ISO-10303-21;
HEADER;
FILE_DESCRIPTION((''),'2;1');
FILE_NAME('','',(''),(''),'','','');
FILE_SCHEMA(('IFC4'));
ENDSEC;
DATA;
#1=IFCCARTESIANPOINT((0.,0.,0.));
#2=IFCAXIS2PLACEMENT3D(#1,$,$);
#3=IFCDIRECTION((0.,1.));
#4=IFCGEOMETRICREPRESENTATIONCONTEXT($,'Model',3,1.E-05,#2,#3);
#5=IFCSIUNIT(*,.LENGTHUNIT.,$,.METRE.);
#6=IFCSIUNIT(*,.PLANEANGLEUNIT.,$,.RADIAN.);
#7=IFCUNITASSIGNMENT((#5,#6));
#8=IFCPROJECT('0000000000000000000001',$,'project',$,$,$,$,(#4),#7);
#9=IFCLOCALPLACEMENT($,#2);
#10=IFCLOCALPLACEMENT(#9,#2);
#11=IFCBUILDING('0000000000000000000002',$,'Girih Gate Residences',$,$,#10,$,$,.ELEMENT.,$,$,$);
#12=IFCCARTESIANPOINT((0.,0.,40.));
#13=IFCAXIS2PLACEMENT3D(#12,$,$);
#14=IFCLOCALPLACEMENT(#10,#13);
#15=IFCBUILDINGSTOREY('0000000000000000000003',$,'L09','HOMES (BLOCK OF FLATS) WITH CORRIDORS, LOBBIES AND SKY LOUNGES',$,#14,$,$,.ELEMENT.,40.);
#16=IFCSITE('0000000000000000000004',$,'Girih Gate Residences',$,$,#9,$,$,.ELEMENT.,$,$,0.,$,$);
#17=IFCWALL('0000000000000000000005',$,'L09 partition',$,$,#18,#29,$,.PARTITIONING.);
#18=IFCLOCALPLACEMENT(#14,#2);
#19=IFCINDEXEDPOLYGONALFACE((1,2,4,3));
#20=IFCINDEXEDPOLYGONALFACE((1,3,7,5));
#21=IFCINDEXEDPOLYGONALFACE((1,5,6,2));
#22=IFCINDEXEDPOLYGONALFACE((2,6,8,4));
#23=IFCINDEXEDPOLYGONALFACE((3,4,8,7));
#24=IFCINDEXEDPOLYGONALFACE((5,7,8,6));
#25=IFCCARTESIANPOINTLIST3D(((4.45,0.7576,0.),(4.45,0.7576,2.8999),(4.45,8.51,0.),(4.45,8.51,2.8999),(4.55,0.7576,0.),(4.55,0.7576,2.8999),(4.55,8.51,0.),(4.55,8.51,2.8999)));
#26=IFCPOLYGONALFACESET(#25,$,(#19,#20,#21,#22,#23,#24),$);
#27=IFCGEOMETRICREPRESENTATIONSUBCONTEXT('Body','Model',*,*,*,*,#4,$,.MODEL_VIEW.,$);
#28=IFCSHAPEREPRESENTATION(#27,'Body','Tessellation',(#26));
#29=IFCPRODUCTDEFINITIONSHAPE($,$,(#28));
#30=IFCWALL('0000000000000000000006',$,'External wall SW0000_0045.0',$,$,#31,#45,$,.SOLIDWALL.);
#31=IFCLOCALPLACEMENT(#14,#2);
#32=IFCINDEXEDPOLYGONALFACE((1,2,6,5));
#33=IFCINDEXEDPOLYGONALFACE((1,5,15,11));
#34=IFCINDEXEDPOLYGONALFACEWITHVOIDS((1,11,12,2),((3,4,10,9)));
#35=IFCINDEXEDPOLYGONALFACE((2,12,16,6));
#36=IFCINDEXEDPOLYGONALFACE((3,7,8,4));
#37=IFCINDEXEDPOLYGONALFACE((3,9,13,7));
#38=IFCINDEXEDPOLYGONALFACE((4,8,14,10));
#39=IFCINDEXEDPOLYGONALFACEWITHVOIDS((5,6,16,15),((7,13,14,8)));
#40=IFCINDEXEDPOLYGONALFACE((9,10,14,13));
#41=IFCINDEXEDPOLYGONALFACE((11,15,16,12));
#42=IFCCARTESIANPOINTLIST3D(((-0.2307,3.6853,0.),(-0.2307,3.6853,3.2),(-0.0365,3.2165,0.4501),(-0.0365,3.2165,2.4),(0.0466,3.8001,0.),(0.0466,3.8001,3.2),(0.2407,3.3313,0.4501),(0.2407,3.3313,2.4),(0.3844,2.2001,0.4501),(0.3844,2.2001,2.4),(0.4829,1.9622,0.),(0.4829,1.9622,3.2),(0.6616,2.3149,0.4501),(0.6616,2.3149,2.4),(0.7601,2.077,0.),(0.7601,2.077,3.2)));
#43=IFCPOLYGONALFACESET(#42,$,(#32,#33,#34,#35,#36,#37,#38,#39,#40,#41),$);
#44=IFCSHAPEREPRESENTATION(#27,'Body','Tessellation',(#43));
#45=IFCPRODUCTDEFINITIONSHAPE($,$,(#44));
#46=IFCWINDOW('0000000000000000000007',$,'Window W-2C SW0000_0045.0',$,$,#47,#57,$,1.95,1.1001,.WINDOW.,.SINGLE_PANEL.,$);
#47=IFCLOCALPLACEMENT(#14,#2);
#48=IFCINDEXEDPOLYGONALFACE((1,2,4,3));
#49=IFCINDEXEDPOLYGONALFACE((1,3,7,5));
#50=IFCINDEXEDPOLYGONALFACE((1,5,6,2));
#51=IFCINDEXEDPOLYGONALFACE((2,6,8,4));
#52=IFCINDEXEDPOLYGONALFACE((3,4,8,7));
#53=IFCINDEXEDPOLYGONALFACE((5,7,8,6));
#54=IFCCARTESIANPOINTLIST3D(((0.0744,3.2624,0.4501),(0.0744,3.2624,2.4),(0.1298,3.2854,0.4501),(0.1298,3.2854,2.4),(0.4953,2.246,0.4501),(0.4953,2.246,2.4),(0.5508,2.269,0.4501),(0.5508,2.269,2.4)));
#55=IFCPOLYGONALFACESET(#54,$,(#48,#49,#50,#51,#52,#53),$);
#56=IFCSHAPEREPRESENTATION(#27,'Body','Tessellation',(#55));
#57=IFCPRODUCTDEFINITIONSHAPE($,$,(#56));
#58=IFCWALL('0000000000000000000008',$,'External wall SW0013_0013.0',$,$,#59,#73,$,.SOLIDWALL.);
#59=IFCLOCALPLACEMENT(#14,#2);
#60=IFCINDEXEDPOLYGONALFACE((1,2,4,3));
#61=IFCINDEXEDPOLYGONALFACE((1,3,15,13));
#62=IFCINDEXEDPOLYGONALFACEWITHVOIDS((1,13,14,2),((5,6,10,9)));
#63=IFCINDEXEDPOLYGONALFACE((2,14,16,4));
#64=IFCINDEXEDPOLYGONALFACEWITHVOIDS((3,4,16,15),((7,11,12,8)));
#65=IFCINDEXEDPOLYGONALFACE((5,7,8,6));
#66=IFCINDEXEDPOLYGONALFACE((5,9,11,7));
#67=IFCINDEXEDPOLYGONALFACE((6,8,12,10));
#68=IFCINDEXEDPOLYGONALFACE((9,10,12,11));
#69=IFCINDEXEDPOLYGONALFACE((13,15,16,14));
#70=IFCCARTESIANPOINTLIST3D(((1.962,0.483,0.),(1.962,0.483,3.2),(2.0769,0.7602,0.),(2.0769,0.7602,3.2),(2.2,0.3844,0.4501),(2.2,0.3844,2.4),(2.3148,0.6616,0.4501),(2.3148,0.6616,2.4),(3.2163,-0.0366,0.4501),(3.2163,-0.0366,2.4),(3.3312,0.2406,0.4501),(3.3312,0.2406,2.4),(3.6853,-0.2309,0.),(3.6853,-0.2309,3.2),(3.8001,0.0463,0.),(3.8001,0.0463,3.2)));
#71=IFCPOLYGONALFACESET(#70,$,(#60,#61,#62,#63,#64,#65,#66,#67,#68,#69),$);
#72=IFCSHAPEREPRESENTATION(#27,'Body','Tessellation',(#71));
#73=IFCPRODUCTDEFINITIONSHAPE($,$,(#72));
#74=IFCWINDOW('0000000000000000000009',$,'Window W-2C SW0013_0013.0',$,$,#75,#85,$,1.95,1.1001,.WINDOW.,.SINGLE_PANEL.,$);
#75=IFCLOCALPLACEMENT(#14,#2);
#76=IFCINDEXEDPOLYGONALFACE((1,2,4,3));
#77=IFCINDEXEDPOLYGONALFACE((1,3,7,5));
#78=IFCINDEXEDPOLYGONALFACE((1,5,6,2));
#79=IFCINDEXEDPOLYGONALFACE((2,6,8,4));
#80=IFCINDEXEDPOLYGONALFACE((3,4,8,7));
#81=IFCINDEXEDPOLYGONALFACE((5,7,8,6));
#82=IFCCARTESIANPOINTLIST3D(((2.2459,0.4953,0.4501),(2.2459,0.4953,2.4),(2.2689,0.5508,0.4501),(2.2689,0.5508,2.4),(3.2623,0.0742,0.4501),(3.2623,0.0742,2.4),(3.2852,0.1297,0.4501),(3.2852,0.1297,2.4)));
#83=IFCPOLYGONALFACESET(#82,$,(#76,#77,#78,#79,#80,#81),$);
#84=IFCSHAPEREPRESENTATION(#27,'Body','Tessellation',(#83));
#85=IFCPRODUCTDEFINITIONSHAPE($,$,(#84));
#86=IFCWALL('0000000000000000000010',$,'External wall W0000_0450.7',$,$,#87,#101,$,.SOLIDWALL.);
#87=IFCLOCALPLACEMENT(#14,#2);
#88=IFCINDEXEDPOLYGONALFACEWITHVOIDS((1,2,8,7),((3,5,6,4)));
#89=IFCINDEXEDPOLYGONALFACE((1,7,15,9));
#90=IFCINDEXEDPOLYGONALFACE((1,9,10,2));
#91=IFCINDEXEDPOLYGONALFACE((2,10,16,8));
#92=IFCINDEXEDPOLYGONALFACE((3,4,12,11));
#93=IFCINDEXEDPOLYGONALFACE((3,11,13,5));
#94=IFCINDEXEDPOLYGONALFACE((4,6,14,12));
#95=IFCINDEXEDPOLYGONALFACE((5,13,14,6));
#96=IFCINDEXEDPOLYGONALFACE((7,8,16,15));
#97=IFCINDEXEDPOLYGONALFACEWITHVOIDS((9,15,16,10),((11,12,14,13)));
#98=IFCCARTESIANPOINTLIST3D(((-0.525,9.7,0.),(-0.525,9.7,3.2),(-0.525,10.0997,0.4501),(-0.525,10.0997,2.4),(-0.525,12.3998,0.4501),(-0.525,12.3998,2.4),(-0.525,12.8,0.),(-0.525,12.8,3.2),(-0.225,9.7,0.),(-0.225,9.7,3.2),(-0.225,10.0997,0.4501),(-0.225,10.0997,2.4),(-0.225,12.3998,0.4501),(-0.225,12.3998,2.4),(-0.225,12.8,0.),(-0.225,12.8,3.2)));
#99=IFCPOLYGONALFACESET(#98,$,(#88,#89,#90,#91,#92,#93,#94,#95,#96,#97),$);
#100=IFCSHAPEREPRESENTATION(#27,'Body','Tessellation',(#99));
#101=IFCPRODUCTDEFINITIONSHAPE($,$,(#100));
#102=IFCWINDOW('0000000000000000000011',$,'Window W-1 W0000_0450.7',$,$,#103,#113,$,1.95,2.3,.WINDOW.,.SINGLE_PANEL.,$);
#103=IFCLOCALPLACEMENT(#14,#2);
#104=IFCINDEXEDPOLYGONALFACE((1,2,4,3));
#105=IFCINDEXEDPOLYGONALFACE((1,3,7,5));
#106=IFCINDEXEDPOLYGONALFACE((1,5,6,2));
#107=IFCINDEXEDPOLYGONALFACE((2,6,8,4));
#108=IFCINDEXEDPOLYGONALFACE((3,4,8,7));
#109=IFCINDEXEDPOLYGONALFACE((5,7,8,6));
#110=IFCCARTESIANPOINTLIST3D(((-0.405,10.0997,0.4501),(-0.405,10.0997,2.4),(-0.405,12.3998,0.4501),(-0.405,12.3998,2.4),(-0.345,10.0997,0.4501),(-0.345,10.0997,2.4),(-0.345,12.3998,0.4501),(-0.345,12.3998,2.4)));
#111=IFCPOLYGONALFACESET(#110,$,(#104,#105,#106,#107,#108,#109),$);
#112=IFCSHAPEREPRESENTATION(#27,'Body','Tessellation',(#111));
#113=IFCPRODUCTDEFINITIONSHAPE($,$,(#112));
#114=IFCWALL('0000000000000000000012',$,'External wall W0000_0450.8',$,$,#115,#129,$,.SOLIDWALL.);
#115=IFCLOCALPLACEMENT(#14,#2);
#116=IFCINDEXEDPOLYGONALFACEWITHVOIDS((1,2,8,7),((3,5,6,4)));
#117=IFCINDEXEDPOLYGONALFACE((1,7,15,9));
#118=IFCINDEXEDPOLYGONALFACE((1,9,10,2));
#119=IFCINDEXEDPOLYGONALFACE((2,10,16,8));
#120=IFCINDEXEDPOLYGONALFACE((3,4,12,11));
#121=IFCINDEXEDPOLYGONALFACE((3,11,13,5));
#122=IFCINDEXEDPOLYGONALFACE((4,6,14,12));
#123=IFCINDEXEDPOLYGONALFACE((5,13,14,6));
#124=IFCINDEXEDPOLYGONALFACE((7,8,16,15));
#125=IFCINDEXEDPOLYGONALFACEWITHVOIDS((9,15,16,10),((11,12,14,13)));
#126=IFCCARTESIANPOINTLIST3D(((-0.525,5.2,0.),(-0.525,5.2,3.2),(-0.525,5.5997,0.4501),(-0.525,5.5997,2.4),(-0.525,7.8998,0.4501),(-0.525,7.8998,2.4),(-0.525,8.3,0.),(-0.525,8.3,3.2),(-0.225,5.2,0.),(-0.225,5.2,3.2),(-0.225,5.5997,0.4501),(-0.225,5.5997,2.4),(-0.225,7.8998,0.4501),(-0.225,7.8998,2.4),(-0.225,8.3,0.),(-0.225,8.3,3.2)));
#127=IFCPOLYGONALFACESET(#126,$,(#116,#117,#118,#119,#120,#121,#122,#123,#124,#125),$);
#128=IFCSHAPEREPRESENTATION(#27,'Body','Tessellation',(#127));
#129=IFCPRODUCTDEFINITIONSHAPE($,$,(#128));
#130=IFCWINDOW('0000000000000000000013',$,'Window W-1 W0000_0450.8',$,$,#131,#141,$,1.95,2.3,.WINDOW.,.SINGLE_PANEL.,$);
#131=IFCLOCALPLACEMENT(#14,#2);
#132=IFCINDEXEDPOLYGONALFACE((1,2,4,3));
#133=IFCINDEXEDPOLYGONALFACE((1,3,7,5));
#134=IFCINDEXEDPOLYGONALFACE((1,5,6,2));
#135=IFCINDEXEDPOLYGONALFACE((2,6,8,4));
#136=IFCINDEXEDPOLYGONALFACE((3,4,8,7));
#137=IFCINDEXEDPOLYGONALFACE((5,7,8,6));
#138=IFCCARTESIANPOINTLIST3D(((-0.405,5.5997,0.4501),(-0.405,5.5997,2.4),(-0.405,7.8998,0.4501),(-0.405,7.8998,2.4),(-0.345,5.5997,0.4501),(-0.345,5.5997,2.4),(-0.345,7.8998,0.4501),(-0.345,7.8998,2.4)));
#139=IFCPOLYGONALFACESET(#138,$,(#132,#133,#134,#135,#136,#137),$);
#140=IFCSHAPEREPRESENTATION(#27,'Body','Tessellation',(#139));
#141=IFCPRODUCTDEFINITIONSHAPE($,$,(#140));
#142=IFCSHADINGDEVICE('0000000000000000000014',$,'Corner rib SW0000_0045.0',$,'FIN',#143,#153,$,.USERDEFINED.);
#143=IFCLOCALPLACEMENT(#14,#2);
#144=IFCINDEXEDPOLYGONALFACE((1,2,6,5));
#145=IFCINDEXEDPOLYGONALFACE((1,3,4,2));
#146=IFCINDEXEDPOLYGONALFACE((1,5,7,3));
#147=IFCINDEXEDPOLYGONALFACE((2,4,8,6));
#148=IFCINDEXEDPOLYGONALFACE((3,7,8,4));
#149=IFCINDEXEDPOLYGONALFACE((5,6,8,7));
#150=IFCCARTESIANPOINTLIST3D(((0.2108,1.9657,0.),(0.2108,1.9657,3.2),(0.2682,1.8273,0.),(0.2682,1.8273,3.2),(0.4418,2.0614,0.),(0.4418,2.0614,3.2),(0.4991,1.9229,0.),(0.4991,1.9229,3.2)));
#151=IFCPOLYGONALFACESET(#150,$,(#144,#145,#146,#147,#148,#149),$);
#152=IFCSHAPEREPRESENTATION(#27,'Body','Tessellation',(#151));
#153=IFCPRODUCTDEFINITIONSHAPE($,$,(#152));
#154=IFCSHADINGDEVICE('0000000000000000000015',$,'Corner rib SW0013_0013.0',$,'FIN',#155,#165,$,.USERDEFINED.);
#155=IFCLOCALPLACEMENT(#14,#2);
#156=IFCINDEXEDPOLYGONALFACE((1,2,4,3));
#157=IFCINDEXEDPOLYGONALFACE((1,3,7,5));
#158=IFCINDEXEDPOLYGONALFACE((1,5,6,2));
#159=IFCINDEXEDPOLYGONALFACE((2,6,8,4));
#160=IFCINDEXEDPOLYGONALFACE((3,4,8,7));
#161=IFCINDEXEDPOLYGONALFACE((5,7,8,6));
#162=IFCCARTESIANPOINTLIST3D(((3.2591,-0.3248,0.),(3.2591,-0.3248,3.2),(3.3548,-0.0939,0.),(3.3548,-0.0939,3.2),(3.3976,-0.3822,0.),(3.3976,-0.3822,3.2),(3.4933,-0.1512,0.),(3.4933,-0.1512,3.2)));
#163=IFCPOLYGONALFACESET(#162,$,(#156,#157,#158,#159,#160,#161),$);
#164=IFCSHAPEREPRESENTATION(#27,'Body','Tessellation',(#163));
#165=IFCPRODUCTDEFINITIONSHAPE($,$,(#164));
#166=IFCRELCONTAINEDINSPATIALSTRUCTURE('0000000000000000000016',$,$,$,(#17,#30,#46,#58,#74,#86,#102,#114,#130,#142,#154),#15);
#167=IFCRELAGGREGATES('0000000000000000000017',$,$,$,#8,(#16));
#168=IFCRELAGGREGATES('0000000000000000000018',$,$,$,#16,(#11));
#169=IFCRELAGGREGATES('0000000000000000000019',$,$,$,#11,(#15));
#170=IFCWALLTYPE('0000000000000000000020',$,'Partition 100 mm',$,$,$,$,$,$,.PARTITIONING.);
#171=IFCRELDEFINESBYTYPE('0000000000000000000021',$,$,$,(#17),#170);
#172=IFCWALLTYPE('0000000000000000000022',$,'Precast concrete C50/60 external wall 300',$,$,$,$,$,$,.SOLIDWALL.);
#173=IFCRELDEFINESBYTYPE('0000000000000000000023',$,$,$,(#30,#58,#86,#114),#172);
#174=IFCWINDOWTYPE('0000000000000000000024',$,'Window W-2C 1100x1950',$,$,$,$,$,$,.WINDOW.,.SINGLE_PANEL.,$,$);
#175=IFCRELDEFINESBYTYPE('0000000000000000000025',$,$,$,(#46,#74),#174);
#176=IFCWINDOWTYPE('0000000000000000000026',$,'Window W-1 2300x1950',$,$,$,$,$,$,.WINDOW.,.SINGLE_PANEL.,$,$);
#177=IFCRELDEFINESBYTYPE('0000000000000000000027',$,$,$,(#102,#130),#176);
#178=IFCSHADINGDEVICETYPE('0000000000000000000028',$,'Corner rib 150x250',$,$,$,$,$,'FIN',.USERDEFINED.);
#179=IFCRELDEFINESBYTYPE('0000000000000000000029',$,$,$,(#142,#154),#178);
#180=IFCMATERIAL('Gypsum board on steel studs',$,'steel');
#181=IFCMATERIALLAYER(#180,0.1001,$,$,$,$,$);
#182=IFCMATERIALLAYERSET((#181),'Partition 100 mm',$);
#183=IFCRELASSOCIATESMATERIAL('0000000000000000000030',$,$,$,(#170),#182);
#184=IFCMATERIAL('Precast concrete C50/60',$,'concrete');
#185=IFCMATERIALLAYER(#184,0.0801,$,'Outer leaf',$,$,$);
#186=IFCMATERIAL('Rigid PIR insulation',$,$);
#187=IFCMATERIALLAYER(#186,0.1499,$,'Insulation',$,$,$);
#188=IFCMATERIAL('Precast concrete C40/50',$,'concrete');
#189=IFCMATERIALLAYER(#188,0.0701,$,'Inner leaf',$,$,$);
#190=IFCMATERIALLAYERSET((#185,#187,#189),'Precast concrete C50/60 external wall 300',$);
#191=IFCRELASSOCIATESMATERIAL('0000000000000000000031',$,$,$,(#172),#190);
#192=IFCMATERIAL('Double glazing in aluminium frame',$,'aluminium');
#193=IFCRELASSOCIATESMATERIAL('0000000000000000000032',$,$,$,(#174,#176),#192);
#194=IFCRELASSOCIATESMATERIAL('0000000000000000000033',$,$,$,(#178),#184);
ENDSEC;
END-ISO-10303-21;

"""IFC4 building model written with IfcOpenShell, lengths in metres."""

from ifc_helpers import new_model, si_unit, direction, frame, frame_2d, origin, origin_2d, place, context, subcontext, project, spatial, rectangle, extrude, material, layer, layer_set, type_object, element, fill, save


model = new_model("IFC4")

# Units and contexts
model_context = context("Model", 3, precision=1e-05, world=origin(), true_north=direction((0.0, 1.0)))
body_context = subcontext(model_context, "Body", "Model", "MODEL_VIEW")
ifc_project = project(units=[si_unit("LENGTHUNIT", "METRE"), si_unit("PLANEANGLEUNIT", "RADIAN")], contexts=[model_context])

# Site, building, storey
site_placement = place(None, origin())
site = spatial("IfcSite", under=ifc_project, at=site_placement, Name="Girih Gate Residences", CompositionType="ELEMENT", RefElevation=0.0)
building_placement = place(site_placement, origin())
building = spatial("IfcBuilding", under=site, at=building_placement, Name="Girih Gate Residences", CompositionType="ELEMENT")
storey_placement = place(building_placement, frame((0.0, 0.0, 40.0)))
storey = spatial("IfcBuildingStorey", under=building, at=storey_placement, Name="L09", Description="HOMES (BLOCK OF FLATS) WITH CORRIDORS, LOBBIES AND SKY LOUNGES", CompositionType="ELEMENT", Elevation=40.0)

# Wall
ifc_material_1 = material(Name="Gypsum board on steel studs", Category="steel")
ifc_layer_1 = layer(ifc_material_1, 0.1001)
ifc_layer_set_1 = layer_set([ifc_layer_1], Name="Partition 100 mm")
wall_type_1 = type_object("IfcWallType", Name="Partition 100 mm", PredefinedType="PARTITIONING", material=ifc_layer_set_1)
wall_1_placement = place(storey_placement, frame((4.5, 0.7576, 0.0), z_axis=(0.0, 0.0, 1.0), x_axis=(0.0, 1.0, 0.0)))
element("IfcWall", 1, at=wall_1_placement, inside=storey, type_object=wall_type_1, Name="L09 partition", PredefinedType="PARTITIONING", context=body_context, shape_type="SweptSolid", body=[
    extrude(rectangle(XDim=7.7524, YDim=0.1001, at=frame_2d((3.8762, 0.0))), origin(), (0.0, 0.0, 1.0), 2.8999),
])

# Walls, openings, windows
ifc_material_2 = material(Name="Precast concrete C50/60", Category="concrete")
ifc_layer_2 = layer(ifc_material_2, 0.0801, Name="Outer leaf")
ifc_material_3 = material(Name="Rigid PIR insulation")
ifc_layer_3 = layer(ifc_material_3, 0.1499, Name="Insulation")
ifc_material_4 = material(Name="Precast concrete C40/50", Category="concrete")
ifc_layer_4 = layer(ifc_material_4, 0.0701, Name="Inner leaf")
ifc_layer_set_2 = layer_set([ifc_layer_2, ifc_layer_3, ifc_layer_4], Name="Precast concrete C50/60 external wall 300")
wall_type_2 = type_object("IfcWallType", Name="Precast concrete C50/60 external wall 300", PredefinedType="SOLIDWALL", material=ifc_layer_set_2)
wall_2_placement = place(storey_placement, frame((0.6216, 2.0195, 0.0), z_axis=(0.0, 0.0, 1.0), x_axis=(-0.382625, 0.923904, 0.0)))
wall_2 = element("IfcWall", 2, at=wall_2_placement, inside=storey, type_object=wall_type_2, Name="External wall SW0000_0045.0", PredefinedType="SOLIDWALL", context=body_context, shape_type="SweptSolid", body=[
    extrude(rectangle(XDim=1.865, YDim=0.3, at=frame_2d((0.9326, 0.0))), origin(), (0.0, 0.0, 1.0), 3.2),
])
opening_1_placement = place(wall_2_placement, frame((0.2576, 0.0, 0.45)))
opening_1 = element("IfcOpeningElement", 3, at=opening_1_placement, cuts=wall_2, PredefinedType="OPENING", context=body_context, shape_type="SweptSolid", body=[
    extrude(rectangle(XDim=1.1001, YDim=1.95, at=frame_2d((0.55, 0.9751))), frame((0.0, 0.1599, 0.0), z_axis=(0.0, -1.0, 0.0), x_axis=(1.0, 0.0, 0.0)), (0.0, 0.0, 1.0), 0.3201),
])
ifc_material_5 = material(Name="Double glazing in aluminium frame", Category="aluminium")
window_type_1 = type_object("IfcWindowType", Name="Window W-2C 1100x1950", PartitioningType="SINGLE_PANEL", PredefinedType="WINDOW", material=ifc_material_5)
window_1_placement = place(opening_1_placement, origin())
window_1 = element("IfcWindow", 4, at=window_1_placement, inside=storey, type_object=window_type_1, Name="Window W-2C SW0000_0045.0", OverallHeight=1.95, OverallWidth=1.1001, PartitioningType="SINGLE_PANEL", PredefinedType="WINDOW", context=body_context, shape_type="SweptSolid", body=[
    extrude(rectangle(XDim=1.1001, YDim=1.95, at=frame_2d((0.55, 0.9751))), frame((0.0, 0.03, 0.0), z_axis=(0.0, -1.0, 0.0), x_axis=(1.0, 0.0, 0.0)), (0.0, 0.0, 1.0), 0.0601),
])
fill(opening_1, window_1)
wall_3_placement = place(storey_placement, frame((3.7427, -0.0923, 0.0), z_axis=(0.0, 0.0, 1.0), x_axis=(-0.923857, 0.382737, 0.0)))
wall_3 = element("IfcWall", 5, at=wall_3_placement, inside=storey, type_object=wall_type_2, Name="External wall SW0013_0013.0", PredefinedType="SOLIDWALL", context=body_context, shape_type="SweptSolid", body=[
    extrude(rectangle(XDim=1.8652, YDim=0.3, at=frame_2d((0.9326, 0.0))), origin(), (0.0, 0.0, 1.0), 3.2),
])
opening_2_placement = place(wall_3_placement, frame((0.5076, 0.0, 0.45)))
opening_2 = element("IfcOpeningElement", 6, at=opening_2_placement, cuts=wall_3, PredefinedType="OPENING", context=body_context, shape_type="SweptSolid", body=[
    extrude(rectangle(XDim=1.1001, YDim=1.95, at=frame_2d((0.55, 0.9751))), frame((0.0, 0.1599, 0.0), z_axis=(0.0, -1.0, 0.0), x_axis=(1.0, 0.0, 0.0)), (0.0, 0.0, 1.0), 0.3201),
])
window_2_placement = place(opening_2_placement, origin())
window_2 = element("IfcWindow", 7, at=window_2_placement, inside=storey, type_object=window_type_1, Name="Window W-2C SW0013_0013.0", OverallHeight=1.95, OverallWidth=1.1001, PartitioningType="SINGLE_PANEL", PredefinedType="WINDOW", context=body_context, shape_type="SweptSolid", body=[
    extrude(rectangle(XDim=1.1001, YDim=1.95, at=frame_2d((0.55, 0.9751))), frame((0.0, 0.03, 0.0), z_axis=(0.0, -1.0, 0.0), x_axis=(1.0, 0.0, 0.0)), (0.0, 0.0, 1.0), 0.0601),
])
fill(opening_2, window_2)
wall_4_placement = place(storey_placement, frame((-0.375, 9.7, 0.0), z_axis=(0.0, 0.0, 1.0), x_axis=(0.0, 1.0, 0.0)))
wall_4 = element("IfcWall", 8, at=wall_4_placement, inside=storey, type_object=wall_type_2, Name="External wall W0000_0450.7", PredefinedType="SOLIDWALL", context=body_context, shape_type="SweptSolid", body=[
    extrude(rectangle(XDim=3.1001, YDim=0.3, at=frame_2d((1.55, 0.0))), origin(), (0.0, 0.0, 1.0), 3.2),
])
opening_3_placement = place(wall_4_placement, frame((0.3999, 0.0, 0.45)))
opening_3 = element("IfcOpeningElement", 9, at=opening_3_placement, cuts=wall_4, PredefinedType="OPENING", context=body_context, shape_type="SweptSolid", body=[
    extrude(rectangle(XDim=2.3, YDim=1.95, at=frame_2d((1.1499, 0.9751))), frame((0.0, 0.1599, 0.0), z_axis=(0.0, -1.0, 0.0), x_axis=(1.0, 0.0, 0.0)), (0.0, 0.0, 1.0), 0.3201),
])
window_type_2 = type_object("IfcWindowType", Name="Window W-1 2300x1950", PartitioningType="SINGLE_PANEL", PredefinedType="WINDOW", material=ifc_material_5)
window_3_placement = place(opening_3_placement, origin())
window_3 = element("IfcWindow", 10, at=window_3_placement, inside=storey, type_object=window_type_2, Name="Window W-1 W0000_0450.7", OverallHeight=1.95, OverallWidth=2.3, PartitioningType="SINGLE_PANEL", PredefinedType="WINDOW", context=body_context, shape_type="SweptSolid", body=[
    extrude(rectangle(XDim=2.3, YDim=1.95, at=frame_2d((1.1499, 0.9751))), frame((0.0, 0.03, 0.0), z_axis=(0.0, -1.0, 0.0), x_axis=(1.0, 0.0, 0.0)), (0.0, 0.0, 1.0), 0.0601),
])
fill(opening_3, window_3)
wall_5_placement = place(storey_placement, frame((-0.375, 5.2, 0.0), z_axis=(0.0, 0.0, 1.0), x_axis=(0.0, 1.0, 0.0)))
wall_5 = element("IfcWall", 11, at=wall_5_placement, inside=storey, type_object=wall_type_2, Name="External wall W0000_0450.8", PredefinedType="SOLIDWALL", context=body_context, shape_type="SweptSolid", body=[
    extrude(rectangle(XDim=3.1001, YDim=0.3, at=frame_2d((1.55, 0.0))), origin(), (0.0, 0.0, 1.0), 3.2),
])
opening_4_placement = place(wall_5_placement, frame((0.3999, 0.0, 0.45)))
opening_4 = element("IfcOpeningElement", 12, at=opening_4_placement, cuts=wall_5, PredefinedType="OPENING", context=body_context, shape_type="SweptSolid", body=[
    extrude(rectangle(XDim=2.3, YDim=1.95, at=frame_2d((1.1499, 0.9751))), frame((0.0, 0.1599, 0.0), z_axis=(0.0, -1.0, 0.0), x_axis=(1.0, 0.0, 0.0)), (0.0, 0.0, 1.0), 0.3201),
])
window_4_placement = place(opening_4_placement, origin())
window_4 = element("IfcWindow", 13, at=window_4_placement, inside=storey, type_object=window_type_2, Name="Window W-1 W0000_0450.8", OverallHeight=1.95, OverallWidth=2.3, PartitioningType="SINGLE_PANEL", PredefinedType="WINDOW", context=body_context, shape_type="SweptSolid", body=[
    extrude(rectangle(XDim=2.3, YDim=1.95, at=frame_2d((1.1499, 0.9751))), frame((0.0, 0.03, 0.0), z_axis=(0.0, -1.0, 0.0), x_axis=(1.0, 0.0, 0.0)), (0.0, 0.0, 1.0), 0.0601),
])
fill(opening_4, window_4)

# Shading devices
shading_device_type = type_object("IfcShadingDeviceType", Name="Corner rib 150x250", ElementType="FIN", PredefinedType="USERDEFINED", material=ifc_material_2)
for number, where, z_axis, x_axis, name in (
    (14, (0.355, 1.9443, 0.0), (0.0, 0.0, 1.0), (0.382683, -0.92388, 0.0), "Corner rib SW0000_0045.0"),
    (15, (3.3762, -0.238, 0.0), (0.0, 0.0, 1.0), (0.92388, -0.382683, 0.0), "Corner rib SW0013_0013.0"),
):
    element("IfcShadingDevice", number, at=place(storey_placement, frame(where, z_axis=z_axis, x_axis=x_axis)), inside=storey, type_object=shading_device_type, Name=name, ObjectType="FIN", PredefinedType="USERDEFINED", context=body_context, shape_type="SweptSolid", body=[
        extrude(rectangle(XDim=0.1499, YDim=0.25, at=origin_2d()), origin(), (0.0, 0.0, 1.0), 3.2),
    ])

save(model, "model.ifc")
